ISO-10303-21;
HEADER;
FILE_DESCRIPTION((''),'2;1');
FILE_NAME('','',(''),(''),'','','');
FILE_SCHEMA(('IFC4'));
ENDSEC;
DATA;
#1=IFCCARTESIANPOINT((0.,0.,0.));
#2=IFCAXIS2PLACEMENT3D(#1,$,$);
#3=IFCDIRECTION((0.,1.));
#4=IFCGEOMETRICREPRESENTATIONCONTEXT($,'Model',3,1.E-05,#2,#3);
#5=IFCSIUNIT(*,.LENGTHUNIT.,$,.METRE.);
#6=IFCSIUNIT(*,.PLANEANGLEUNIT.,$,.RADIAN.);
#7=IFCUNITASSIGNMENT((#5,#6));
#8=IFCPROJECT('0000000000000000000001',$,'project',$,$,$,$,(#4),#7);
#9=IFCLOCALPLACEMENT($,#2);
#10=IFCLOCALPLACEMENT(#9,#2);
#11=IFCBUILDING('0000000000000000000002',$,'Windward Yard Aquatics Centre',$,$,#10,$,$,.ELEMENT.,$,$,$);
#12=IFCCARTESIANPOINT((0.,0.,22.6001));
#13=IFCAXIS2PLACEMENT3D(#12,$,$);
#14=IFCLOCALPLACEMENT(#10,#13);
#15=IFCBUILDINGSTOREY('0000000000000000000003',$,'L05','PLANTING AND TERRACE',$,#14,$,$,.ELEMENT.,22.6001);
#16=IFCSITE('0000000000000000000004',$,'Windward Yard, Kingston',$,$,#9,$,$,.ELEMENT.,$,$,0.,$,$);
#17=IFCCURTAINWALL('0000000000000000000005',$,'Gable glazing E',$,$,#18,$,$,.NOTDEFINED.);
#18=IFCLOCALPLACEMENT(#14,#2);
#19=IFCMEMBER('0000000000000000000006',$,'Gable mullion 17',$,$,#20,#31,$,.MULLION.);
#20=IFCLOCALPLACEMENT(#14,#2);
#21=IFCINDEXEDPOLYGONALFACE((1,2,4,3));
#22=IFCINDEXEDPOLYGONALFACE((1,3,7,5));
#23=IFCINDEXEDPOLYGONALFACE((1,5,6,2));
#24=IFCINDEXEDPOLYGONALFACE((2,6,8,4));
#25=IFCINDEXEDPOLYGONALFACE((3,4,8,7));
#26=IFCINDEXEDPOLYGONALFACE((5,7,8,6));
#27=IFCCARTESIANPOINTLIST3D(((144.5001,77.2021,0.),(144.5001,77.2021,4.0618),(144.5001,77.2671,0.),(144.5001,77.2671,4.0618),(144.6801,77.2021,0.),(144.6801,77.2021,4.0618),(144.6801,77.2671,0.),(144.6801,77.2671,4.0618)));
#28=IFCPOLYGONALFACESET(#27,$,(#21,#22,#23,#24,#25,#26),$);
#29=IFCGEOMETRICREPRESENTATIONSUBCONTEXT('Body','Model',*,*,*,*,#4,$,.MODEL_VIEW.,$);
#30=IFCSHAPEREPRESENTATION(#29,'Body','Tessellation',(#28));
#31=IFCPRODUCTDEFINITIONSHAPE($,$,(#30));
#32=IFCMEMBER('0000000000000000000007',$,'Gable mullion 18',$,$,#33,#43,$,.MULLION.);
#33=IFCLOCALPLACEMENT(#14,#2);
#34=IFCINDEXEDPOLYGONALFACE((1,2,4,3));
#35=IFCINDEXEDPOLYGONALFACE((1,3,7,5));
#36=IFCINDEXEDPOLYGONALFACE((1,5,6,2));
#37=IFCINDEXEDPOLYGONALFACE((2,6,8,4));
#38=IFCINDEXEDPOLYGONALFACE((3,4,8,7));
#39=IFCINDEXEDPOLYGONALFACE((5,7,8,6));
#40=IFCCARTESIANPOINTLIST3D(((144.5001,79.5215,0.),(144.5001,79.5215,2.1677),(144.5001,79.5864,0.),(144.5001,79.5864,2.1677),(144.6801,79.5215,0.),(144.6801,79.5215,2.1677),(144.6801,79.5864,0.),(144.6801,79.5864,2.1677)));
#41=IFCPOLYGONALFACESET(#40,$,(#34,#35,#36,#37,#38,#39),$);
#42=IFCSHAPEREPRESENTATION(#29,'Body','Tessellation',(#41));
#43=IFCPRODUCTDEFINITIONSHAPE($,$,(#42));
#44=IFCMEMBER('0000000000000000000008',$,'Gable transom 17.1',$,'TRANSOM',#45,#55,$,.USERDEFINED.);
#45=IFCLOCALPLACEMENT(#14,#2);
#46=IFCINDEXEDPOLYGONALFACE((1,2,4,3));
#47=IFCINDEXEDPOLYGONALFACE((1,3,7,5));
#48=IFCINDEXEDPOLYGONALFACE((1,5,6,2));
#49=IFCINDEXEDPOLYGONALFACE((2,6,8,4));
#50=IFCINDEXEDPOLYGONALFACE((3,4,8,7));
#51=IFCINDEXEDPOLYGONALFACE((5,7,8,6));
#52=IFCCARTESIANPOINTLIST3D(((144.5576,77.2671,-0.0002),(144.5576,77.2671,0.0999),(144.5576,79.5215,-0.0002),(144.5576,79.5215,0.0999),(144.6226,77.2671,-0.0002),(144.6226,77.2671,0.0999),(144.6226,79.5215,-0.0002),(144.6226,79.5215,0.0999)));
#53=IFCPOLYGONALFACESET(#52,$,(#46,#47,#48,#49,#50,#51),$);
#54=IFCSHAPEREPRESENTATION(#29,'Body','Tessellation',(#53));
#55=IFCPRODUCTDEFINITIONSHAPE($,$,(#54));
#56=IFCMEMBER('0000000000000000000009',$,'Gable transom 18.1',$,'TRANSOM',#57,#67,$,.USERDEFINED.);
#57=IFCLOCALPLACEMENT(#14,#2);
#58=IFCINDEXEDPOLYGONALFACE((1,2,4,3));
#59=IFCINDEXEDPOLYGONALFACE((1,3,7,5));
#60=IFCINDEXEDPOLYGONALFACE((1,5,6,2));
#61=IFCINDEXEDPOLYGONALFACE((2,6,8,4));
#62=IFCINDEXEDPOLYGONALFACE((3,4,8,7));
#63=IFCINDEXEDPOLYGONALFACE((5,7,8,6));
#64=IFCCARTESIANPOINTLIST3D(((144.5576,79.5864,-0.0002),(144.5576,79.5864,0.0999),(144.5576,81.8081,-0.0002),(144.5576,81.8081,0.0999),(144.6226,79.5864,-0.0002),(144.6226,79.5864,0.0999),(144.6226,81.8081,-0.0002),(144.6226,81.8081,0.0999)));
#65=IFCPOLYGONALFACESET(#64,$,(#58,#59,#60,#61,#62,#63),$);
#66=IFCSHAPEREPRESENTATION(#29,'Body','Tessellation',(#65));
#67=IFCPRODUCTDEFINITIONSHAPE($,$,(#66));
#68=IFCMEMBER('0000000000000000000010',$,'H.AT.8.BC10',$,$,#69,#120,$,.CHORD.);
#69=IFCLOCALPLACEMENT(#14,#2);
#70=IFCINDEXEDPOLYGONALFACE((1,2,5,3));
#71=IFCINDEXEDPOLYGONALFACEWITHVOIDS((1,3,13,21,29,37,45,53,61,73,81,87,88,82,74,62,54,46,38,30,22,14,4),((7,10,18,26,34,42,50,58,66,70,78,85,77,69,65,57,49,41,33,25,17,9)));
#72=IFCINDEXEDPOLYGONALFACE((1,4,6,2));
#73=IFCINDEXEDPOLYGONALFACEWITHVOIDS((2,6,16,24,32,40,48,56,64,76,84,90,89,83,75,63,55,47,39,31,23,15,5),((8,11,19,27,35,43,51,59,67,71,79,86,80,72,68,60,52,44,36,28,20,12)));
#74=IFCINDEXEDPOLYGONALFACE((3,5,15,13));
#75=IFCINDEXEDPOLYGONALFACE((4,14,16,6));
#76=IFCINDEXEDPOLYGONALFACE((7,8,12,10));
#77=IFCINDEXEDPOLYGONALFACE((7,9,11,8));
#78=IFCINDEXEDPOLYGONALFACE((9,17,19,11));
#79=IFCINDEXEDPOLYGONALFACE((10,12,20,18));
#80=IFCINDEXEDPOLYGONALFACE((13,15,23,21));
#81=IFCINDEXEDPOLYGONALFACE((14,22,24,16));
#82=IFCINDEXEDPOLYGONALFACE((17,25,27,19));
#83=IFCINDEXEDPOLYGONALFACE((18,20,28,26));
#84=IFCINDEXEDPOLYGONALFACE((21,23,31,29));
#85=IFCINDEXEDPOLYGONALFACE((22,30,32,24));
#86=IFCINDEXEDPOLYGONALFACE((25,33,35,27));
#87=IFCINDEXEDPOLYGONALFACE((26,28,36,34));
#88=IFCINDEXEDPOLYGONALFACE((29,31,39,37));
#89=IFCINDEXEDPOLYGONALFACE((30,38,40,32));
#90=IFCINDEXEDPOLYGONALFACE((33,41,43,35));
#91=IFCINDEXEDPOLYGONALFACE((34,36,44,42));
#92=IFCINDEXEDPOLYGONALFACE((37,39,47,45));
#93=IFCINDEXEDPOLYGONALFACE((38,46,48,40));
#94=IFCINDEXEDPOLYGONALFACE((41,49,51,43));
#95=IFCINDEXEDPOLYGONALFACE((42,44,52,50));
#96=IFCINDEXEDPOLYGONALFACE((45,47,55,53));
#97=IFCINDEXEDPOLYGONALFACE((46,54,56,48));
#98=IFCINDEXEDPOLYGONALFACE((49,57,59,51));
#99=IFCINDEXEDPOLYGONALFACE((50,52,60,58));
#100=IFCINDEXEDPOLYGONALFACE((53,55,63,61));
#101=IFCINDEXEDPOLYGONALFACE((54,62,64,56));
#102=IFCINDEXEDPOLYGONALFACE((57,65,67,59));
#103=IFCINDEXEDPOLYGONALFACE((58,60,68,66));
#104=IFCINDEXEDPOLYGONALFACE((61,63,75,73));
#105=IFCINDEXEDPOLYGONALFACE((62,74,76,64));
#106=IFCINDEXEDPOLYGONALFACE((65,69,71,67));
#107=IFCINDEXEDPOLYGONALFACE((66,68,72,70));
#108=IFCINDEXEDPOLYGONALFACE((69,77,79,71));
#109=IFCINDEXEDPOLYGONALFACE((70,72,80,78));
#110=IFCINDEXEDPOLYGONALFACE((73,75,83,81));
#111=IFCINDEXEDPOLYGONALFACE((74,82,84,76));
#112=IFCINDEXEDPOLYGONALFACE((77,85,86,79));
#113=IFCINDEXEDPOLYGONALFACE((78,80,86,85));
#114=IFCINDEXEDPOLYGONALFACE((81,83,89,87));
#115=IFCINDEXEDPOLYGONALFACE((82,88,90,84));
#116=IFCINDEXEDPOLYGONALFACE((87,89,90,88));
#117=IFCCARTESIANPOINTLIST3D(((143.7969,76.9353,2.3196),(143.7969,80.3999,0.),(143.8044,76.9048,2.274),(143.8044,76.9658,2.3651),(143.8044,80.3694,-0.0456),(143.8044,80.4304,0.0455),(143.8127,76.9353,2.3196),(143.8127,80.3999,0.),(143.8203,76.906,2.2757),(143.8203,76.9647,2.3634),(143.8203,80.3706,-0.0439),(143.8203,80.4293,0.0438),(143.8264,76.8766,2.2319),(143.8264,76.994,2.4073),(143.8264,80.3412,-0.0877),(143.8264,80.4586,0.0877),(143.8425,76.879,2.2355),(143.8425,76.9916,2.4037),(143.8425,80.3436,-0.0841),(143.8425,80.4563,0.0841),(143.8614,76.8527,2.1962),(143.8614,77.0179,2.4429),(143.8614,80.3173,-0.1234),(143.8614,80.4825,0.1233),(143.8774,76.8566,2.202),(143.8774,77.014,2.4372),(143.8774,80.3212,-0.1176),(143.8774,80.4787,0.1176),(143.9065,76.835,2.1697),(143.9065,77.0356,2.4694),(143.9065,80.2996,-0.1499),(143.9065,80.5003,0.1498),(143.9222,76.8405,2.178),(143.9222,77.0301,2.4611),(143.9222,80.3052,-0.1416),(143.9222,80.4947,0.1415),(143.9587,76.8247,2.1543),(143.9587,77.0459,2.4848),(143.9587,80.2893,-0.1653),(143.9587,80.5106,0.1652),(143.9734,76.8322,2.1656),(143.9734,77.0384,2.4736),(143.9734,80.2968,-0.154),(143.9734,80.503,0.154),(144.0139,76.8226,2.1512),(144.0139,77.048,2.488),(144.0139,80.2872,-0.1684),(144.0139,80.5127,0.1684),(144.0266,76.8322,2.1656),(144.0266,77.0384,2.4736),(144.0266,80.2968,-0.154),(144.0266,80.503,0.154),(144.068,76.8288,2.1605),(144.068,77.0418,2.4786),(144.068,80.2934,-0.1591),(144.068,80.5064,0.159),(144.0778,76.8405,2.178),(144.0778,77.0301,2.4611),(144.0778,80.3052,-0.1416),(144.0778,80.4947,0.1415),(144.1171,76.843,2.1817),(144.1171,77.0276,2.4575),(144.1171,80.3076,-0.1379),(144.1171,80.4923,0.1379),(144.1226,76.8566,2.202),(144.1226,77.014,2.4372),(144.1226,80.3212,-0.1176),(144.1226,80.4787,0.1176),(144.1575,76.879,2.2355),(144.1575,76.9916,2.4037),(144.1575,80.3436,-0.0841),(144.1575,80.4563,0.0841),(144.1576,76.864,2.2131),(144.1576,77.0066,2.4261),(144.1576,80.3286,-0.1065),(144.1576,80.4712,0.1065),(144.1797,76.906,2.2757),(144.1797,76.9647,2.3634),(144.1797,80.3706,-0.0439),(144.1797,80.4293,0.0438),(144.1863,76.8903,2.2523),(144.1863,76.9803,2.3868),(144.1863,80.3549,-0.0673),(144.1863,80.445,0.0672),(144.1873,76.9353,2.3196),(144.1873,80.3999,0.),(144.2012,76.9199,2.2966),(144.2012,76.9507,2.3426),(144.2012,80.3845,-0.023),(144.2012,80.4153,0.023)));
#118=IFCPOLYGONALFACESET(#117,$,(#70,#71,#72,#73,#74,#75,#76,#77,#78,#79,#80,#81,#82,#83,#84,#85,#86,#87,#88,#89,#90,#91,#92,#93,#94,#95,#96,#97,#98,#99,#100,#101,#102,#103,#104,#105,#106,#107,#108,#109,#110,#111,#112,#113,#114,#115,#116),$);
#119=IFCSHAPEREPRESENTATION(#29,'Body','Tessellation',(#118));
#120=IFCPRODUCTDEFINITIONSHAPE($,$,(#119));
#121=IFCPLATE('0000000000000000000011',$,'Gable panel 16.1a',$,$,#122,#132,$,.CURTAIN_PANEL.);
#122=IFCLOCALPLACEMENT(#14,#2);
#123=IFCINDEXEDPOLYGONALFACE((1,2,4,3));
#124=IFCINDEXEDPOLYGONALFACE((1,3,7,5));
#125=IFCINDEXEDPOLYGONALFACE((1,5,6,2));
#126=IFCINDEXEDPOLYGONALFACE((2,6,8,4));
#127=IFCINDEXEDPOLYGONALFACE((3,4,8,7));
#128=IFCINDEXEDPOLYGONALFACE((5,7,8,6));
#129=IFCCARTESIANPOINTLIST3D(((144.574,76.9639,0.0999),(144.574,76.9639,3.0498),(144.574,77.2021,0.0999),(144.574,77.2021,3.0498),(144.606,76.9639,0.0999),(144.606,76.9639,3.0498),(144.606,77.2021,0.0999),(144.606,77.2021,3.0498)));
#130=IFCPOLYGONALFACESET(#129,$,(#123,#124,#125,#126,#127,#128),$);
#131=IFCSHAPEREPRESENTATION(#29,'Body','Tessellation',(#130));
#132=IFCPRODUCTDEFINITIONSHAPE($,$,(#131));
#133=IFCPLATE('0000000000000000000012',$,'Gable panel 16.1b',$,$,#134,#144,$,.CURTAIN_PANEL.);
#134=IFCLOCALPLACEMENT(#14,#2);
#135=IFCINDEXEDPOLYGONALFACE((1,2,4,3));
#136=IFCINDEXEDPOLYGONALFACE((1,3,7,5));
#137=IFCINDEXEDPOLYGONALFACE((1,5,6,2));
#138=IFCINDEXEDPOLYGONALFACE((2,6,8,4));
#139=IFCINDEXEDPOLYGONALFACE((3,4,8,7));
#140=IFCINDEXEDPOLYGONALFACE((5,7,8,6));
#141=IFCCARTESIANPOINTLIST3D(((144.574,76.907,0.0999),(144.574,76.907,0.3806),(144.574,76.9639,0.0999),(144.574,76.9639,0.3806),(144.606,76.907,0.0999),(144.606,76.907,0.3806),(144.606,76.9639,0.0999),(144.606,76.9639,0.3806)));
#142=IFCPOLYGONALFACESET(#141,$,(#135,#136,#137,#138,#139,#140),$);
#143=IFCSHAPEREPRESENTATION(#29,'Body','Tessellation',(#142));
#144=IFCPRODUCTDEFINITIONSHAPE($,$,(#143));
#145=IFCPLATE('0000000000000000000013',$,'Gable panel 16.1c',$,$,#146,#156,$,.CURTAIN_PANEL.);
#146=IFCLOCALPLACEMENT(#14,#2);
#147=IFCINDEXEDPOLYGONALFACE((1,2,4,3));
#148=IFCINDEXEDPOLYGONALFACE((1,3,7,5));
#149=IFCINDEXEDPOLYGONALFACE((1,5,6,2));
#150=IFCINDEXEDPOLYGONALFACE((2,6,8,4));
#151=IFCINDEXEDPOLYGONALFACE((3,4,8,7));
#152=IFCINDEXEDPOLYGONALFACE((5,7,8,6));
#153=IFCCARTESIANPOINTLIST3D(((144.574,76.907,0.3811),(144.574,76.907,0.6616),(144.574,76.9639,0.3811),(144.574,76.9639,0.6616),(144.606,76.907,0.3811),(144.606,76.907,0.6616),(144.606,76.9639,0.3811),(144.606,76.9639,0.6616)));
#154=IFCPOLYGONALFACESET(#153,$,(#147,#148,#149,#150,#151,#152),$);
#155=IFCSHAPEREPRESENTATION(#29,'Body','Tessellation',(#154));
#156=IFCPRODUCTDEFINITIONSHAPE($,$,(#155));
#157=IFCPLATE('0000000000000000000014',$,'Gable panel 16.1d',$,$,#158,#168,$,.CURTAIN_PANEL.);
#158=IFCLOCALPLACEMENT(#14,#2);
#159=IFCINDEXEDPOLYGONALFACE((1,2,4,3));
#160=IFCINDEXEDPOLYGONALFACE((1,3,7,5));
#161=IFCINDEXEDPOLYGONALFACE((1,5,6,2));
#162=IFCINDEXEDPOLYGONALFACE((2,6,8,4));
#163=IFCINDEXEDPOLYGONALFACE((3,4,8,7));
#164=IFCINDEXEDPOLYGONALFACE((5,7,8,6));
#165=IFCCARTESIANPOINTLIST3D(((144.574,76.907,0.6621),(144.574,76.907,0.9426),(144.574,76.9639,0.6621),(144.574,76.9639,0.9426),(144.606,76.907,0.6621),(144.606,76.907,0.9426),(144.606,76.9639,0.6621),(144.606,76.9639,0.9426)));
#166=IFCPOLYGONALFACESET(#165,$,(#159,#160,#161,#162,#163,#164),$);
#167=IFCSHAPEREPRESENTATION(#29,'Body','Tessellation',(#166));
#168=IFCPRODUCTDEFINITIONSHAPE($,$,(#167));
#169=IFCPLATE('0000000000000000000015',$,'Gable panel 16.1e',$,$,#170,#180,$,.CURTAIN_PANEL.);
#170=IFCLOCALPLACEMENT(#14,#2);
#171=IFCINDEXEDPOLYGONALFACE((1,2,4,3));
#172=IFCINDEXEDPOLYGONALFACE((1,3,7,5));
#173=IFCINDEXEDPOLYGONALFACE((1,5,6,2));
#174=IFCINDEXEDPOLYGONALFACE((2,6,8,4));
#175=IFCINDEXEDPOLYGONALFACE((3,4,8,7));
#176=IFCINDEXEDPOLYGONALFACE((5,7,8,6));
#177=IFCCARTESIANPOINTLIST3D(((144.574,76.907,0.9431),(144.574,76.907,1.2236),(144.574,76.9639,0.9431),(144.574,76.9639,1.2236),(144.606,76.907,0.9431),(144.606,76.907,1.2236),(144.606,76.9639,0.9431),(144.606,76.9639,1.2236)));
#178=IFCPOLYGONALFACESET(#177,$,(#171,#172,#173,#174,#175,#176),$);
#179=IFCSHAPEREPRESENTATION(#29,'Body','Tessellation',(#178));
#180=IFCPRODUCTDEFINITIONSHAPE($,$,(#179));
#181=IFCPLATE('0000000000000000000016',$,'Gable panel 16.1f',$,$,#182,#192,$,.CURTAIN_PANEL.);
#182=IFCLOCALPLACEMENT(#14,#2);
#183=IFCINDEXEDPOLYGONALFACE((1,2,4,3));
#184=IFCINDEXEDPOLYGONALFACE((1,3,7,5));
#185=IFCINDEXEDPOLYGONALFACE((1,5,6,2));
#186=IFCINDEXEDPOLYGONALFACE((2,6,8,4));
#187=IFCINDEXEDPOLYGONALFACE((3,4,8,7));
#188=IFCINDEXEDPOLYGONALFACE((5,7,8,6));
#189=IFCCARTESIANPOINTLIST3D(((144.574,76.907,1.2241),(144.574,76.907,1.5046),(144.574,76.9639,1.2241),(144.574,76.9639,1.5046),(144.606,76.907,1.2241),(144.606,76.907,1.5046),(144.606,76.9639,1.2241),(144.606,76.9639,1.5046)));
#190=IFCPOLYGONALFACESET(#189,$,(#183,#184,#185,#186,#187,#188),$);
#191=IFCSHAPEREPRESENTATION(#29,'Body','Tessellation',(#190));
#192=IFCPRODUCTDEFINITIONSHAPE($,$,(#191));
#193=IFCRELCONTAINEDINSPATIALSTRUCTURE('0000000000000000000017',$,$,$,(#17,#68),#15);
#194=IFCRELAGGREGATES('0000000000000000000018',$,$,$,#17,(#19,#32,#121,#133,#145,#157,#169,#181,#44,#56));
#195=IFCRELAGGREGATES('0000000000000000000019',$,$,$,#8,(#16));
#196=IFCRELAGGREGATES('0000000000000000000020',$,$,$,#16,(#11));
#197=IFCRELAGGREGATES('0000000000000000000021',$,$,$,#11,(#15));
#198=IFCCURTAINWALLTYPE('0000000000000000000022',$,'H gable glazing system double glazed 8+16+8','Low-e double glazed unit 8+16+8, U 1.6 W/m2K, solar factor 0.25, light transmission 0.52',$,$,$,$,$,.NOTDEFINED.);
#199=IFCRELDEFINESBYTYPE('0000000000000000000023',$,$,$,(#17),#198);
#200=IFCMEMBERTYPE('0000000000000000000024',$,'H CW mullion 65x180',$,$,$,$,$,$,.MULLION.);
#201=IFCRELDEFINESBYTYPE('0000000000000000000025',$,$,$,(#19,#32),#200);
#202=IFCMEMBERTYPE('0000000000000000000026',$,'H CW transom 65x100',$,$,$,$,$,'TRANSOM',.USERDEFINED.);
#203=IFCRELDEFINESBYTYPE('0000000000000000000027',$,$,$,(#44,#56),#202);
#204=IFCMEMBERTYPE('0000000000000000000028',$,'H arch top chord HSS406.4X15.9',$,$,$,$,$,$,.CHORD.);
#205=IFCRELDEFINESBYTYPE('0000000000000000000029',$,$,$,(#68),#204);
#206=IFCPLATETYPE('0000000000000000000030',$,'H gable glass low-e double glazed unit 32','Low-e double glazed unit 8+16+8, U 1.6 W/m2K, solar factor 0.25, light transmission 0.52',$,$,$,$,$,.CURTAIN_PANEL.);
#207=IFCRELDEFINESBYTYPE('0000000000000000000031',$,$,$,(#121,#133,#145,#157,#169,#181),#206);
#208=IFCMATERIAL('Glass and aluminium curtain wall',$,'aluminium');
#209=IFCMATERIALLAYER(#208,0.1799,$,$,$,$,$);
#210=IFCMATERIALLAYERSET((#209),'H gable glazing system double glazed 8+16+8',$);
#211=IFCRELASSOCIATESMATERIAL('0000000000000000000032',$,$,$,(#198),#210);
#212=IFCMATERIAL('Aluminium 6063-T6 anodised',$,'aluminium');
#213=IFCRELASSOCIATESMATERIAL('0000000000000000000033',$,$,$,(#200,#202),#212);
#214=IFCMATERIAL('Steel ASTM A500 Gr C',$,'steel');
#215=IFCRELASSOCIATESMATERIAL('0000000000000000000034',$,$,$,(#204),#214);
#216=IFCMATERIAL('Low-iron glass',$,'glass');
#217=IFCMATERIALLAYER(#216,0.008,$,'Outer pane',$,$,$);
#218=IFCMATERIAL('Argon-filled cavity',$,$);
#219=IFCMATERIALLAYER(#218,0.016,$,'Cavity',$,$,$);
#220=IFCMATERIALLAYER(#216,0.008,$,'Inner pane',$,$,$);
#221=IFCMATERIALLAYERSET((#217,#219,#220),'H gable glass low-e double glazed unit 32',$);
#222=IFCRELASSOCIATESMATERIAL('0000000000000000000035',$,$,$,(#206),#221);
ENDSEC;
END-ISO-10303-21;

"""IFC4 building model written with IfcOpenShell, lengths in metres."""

from ifc_helpers import new_model, si_unit, direction, frame, origin, origin_2d, place, context, subcontext, project, spatial, polyline, rectangle, hollow_circle, outline, extrude, material, layer, layer_set, material_profile, profile_set, type_object, element, aggregate, save


model = new_model("IFC4")

# Units and contexts
model_context = context("Model", 3, precision=1e-05, world=origin(), true_north=direction((0.0, 1.0)))
body_context = subcontext(model_context, "Body", "Model", "MODEL_VIEW")
ifc_project = project(units=[si_unit("LENGTHUNIT", "METRE"), si_unit("PLANEANGLEUNIT", "RADIAN")], contexts=[model_context])

# Site, building, storey
site_placement = place(None, origin())
site = spatial("IfcSite", under=ifc_project, at=site_placement, Name="Windward Yard, Kingston", CompositionType="ELEMENT", RefElevation=0.0)
building_placement = place(site_placement, origin())
building = spatial("IfcBuilding", under=site, at=building_placement, Name="Windward Yard Aquatics Centre", CompositionType="ELEMENT")
storey_placement = place(building_placement, frame((0.0, 0.0, 22.6001)))
storey = spatial("IfcBuildingStorey", under=building, at=storey_placement, Name="L05", Description="PLANTING AND TERRACE", CompositionType="ELEMENT", Elevation=22.6001)

# Curtain wall, members
ifc_material_1 = material(Name="Glass and aluminium curtain wall", Category="aluminium")
ifc_layer_1 = layer(ifc_material_1, 0.1799)
ifc_layer_set_1 = layer_set([ifc_layer_1], Name="H gable glazing system double glazed 8+16+8")
curtain_wall_type = type_object("IfcCurtainWallType", Name="H gable glazing system double glazed 8+16+8", Description="Low-e double glazed unit 8+16+8, U 1.6 W/m2K, solar factor 0.25, light transmission 0.52", PredefinedType="NOTDEFINED", material=ifc_layer_set_1)
curtain_wall_placement = place(storey_placement, origin())
curtain_wall = element("IfcCurtainWall", 1, at=curtain_wall_placement, inside=storey, type_object=curtain_wall_type, Name="Gable glazing E", PredefinedType="NOTDEFINED")
ifc_material_2 = material(Name="Aluminium 6063-T6 anodised", Category="aluminium")
ifc_material_profile_1 = material_profile(ifc_material_2, rectangle(XDim=0.0649, YDim=0.1799, at=origin_2d()), Name="H CW mullion 65x180")
ifc_profile_set_1 = profile_set([ifc_material_profile_1], Name="Aluminium 6063-T6 anodised")
member_type_1 = type_object("IfcMemberType", Name="H CW mullion 65x180", PredefinedType="MULLION", material=ifc_profile_set_1)
member_1_placement = place(storey_placement, frame((144.5901, 77.2346, 0.0), z_axis=(0.0, 0.0, 1.0), x_axis=(0.0, 1.0, 0.0)))
member_1 = element("IfcMember", 2, at=member_1_placement, type_object=member_type_1, Name="Gable mullion 17", PredefinedType="MULLION", context=body_context, shape_type="SweptSolid", body=[
    extrude(rectangle(XDim=0.0649, YDim=0.1799, at=origin_2d()), origin(), (0.0, 0.0, 1.0), 4.0618),
])
member_2_placement = place(storey_placement, frame((144.5901, 79.554, 0.0), z_axis=(0.0, 0.0, 1.0), x_axis=(0.0, 1.0, 0.0)))
member_2 = element("IfcMember", 3, at=member_2_placement, type_object=member_type_1, Name="Gable mullion 18", PredefinedType="MULLION", context=body_context, shape_type="SweptSolid", body=[
    extrude(rectangle(XDim=0.0649, YDim=0.1799, at=origin_2d()), origin(), (0.0, 0.0, 1.0), 2.1677),
])
ifc_material_profile_2 = material_profile(ifc_material_2, rectangle(XDim=0.0649, YDim=0.1001, at=origin_2d()), Name="H CW transom 65x100")
ifc_profile_set_2 = profile_set([ifc_material_profile_2], Name="Aluminium 6063-T6 anodised")
member_type_2 = type_object("IfcMemberType", Name="H CW transom 65x100", ElementType="TRANSOM", PredefinedType="USERDEFINED", material=ifc_profile_set_2)
member_3_placement = place(storey_placement, frame((144.5901, 77.2671, 0.0498), z_axis=(0.0, 1.0, 0.0), x_axis=(-1.0, 0.0, 0.0)))
member_3 = element("IfcMember", 4, at=member_3_placement, type_object=member_type_2, Name="Gable transom 17.1", ObjectType="TRANSOM", PredefinedType="USERDEFINED", context=body_context, shape_type="SweptSolid", body=[
    extrude(rectangle(XDim=0.0649, YDim=0.1001, at=origin_2d()), origin(), (0.0, 0.0, 1.0), 2.2544),
])
member_4_placement = place(storey_placement, frame((144.5901, 79.5864, 0.0498), z_axis=(0.0, 1.0, 0.0), x_axis=(-1.0, 0.0, 0.0)))
member_4 = element("IfcMember", 5, at=member_4_placement, type_object=member_type_2, Name="Gable transom 18.1", ObjectType="TRANSOM", PredefinedType="USERDEFINED", context=body_context, shape_type="SweptSolid", body=[
    extrude(rectangle(XDim=0.0649, YDim=0.1001, at=origin_2d()), origin(), (0.0, 0.0, 1.0), 2.2217),
])

# Member
ifc_material_3 = material(Name="Steel ASTM A500 Gr C", Category="steel")
ifc_material_profile_3 = material_profile(ifc_material_3, hollow_circle(Radius=0.2031, WallThickness=0.0159, at=origin_2d()), Name="HSS406.4X15.9")
ifc_profile_set_3 = profile_set([ifc_material_profile_3], Name="Steel ASTM A500 Gr C")
member_type_3 = type_object("IfcMemberType", Name="H arch top chord HSS406.4X15.9", PredefinedType="CHORD", material=ifc_profile_set_3)
member_5_placement = place(storey_placement, frame((144.0, 76.9353, 2.3196), z_axis=(0.0, 0.830959, -0.556334), x_axis=(-1.0, 0.0, 0.0)))
element("IfcMember", 6, at=member_5_placement, inside=storey, type_object=member_type_3, Name="H.AT.8.BC10", PredefinedType="CHORD", context=body_context, shape_type="SweptSolid", body=[
    extrude(hollow_circle(Radius=0.2031, WallThickness=0.0159, at=origin_2d()), origin(), (0.0, 0.0, 1.0), 4.1694),
])

# Plates
ifc_material_4 = material(Name="Low-iron glass", Category="glass")
ifc_layer_2 = layer(ifc_material_4, 0.008, Name="Outer pane")
ifc_material_5 = material(Name="Argon-filled cavity")
ifc_layer_3 = layer(ifc_material_5, 0.016, Name="Cavity")
ifc_layer_4 = layer(ifc_material_4, 0.008, Name="Inner pane")
ifc_layer_set_2 = layer_set([ifc_layer_2, ifc_layer_3, ifc_layer_4], Name="H gable glass low-e double glazed unit 32")
plate_type = type_object("IfcPlateType", Name="H gable glass low-e double glazed unit 32", Description="Low-e double glazed unit 8+16+8, U 1.6 W/m2K, solar factor 0.25, light transmission 0.52", PredefinedType="CURTAIN_PANEL", material=ifc_layer_set_2)
plate_1_placement = place(storey_placement, frame((144.574, 76.9639, 0.0999), z_axis=(-1.0, 0.0, 0.0), x_axis=(0.0, 0.0, 1.0)))
plate_1 = element("IfcPlate", 7, at=plate_1_placement, type_object=plate_type, Name="Gable panel 16.1a", PredefinedType="CURTAIN_PANEL", context=body_context, shape_type="SweptSolid", body=[
    extrude(outline(polyline([(0.0, 0.0), (2.95, 0.0), (2.95, 0.2383), (0.0, 0.2383), (0.0, 0.0)])), origin(), (0.0, 0.0, -1.0), 0.032),
])
plate_2_placement = place(storey_placement, frame((144.606, 76.907, 0.0999), z_axis=(1.0, 0.0, 0.0), x_axis=(0.0, 1.0, 0.0)))
plate_2 = element("IfcPlate", 8, at=plate_2_placement, type_object=plate_type, Name="Gable panel 16.1b", PredefinedType="CURTAIN_PANEL", context=body_context, shape_type="SweptSolid", body=[
    extrude(outline(polyline([(0.0, 0.0), (0.0569, 0.0), (0.0569, 0.2808), (0.0, 0.2808), (0.0, 0.0)])), origin(), (0.0, 0.0, -1.0), 0.032),
])
plate_3_placement = place(storey_placement, frame((144.606, 76.907, 0.3811), z_axis=(1.0, 0.0, 0.0), x_axis=(0.0, 1.0, 0.0)))
plate_3 = element("IfcPlate", 9, at=plate_3_placement, type_object=plate_type, Name="Gable panel 16.1c", PredefinedType="CURTAIN_PANEL", context=body_context, shape_type="SweptSolid", body=[
    extrude(outline(polyline([(0.0, 0.0), (0.0569, 0.0), (0.0569, 0.2805), (0.0, 0.2805), (0.0, 0.0)])), origin(), (0.0, 0.0, -1.0), 0.032),
])
plate_4_placement = place(storey_placement, frame((144.606, 76.907, 0.6621), z_axis=(1.0, 0.0, 0.0), x_axis=(0.0, 1.0, 0.0)))
plate_4 = element("IfcPlate", 10, at=plate_4_placement, type_object=plate_type, Name="Gable panel 16.1d", PredefinedType="CURTAIN_PANEL", context=body_context, shape_type="SweptSolid", body=[
    extrude(outline(polyline([(0.0, 0.0), (0.0569, 0.0), (0.0569, 0.2805), (0.0, 0.2805), (0.0, 0.0)])), origin(), (0.0, 0.0, -1.0), 0.032),
])
plate_5_placement = place(storey_placement, frame((144.606, 76.907, 0.9431), z_axis=(1.0, 0.0, 0.0), x_axis=(0.0, 1.0, 0.0)))
plate_5 = element("IfcPlate", 11, at=plate_5_placement, type_object=plate_type, Name="Gable panel 16.1e", PredefinedType="CURTAIN_PANEL", context=body_context, shape_type="SweptSolid", body=[
    extrude(outline(polyline([(0.0, 0.0), (0.0569, 0.0), (0.0569, 0.2805), (0.0, 0.2805), (0.0, 0.0)])), origin(), (0.0, 0.0, -1.0), 0.032),
])
plate_6_placement = place(storey_placement, frame((144.606, 76.907, 1.2241), z_axis=(1.0, 0.0, 0.0), x_axis=(0.0, 1.0, 0.0)))
plate_6 = element("IfcPlate", 12, at=plate_6_placement, type_object=plate_type, Name="Gable panel 16.1f", PredefinedType="CURTAIN_PANEL", context=body_context, shape_type="SweptSolid", body=[
    extrude(outline(polyline([(0.0, 0.0), (0.0569, 0.0), (0.0569, 0.2805), (0.0, 0.2805), (0.0, 0.0)])), origin(), (0.0, 0.0, -1.0), 0.032),
])

aggregate(curtain_wall, [member_1, member_2, plate_1, plate_2, plate_3, plate_4, plate_5, plate_6, member_3, member_4])

save(model, "model.ifc")
